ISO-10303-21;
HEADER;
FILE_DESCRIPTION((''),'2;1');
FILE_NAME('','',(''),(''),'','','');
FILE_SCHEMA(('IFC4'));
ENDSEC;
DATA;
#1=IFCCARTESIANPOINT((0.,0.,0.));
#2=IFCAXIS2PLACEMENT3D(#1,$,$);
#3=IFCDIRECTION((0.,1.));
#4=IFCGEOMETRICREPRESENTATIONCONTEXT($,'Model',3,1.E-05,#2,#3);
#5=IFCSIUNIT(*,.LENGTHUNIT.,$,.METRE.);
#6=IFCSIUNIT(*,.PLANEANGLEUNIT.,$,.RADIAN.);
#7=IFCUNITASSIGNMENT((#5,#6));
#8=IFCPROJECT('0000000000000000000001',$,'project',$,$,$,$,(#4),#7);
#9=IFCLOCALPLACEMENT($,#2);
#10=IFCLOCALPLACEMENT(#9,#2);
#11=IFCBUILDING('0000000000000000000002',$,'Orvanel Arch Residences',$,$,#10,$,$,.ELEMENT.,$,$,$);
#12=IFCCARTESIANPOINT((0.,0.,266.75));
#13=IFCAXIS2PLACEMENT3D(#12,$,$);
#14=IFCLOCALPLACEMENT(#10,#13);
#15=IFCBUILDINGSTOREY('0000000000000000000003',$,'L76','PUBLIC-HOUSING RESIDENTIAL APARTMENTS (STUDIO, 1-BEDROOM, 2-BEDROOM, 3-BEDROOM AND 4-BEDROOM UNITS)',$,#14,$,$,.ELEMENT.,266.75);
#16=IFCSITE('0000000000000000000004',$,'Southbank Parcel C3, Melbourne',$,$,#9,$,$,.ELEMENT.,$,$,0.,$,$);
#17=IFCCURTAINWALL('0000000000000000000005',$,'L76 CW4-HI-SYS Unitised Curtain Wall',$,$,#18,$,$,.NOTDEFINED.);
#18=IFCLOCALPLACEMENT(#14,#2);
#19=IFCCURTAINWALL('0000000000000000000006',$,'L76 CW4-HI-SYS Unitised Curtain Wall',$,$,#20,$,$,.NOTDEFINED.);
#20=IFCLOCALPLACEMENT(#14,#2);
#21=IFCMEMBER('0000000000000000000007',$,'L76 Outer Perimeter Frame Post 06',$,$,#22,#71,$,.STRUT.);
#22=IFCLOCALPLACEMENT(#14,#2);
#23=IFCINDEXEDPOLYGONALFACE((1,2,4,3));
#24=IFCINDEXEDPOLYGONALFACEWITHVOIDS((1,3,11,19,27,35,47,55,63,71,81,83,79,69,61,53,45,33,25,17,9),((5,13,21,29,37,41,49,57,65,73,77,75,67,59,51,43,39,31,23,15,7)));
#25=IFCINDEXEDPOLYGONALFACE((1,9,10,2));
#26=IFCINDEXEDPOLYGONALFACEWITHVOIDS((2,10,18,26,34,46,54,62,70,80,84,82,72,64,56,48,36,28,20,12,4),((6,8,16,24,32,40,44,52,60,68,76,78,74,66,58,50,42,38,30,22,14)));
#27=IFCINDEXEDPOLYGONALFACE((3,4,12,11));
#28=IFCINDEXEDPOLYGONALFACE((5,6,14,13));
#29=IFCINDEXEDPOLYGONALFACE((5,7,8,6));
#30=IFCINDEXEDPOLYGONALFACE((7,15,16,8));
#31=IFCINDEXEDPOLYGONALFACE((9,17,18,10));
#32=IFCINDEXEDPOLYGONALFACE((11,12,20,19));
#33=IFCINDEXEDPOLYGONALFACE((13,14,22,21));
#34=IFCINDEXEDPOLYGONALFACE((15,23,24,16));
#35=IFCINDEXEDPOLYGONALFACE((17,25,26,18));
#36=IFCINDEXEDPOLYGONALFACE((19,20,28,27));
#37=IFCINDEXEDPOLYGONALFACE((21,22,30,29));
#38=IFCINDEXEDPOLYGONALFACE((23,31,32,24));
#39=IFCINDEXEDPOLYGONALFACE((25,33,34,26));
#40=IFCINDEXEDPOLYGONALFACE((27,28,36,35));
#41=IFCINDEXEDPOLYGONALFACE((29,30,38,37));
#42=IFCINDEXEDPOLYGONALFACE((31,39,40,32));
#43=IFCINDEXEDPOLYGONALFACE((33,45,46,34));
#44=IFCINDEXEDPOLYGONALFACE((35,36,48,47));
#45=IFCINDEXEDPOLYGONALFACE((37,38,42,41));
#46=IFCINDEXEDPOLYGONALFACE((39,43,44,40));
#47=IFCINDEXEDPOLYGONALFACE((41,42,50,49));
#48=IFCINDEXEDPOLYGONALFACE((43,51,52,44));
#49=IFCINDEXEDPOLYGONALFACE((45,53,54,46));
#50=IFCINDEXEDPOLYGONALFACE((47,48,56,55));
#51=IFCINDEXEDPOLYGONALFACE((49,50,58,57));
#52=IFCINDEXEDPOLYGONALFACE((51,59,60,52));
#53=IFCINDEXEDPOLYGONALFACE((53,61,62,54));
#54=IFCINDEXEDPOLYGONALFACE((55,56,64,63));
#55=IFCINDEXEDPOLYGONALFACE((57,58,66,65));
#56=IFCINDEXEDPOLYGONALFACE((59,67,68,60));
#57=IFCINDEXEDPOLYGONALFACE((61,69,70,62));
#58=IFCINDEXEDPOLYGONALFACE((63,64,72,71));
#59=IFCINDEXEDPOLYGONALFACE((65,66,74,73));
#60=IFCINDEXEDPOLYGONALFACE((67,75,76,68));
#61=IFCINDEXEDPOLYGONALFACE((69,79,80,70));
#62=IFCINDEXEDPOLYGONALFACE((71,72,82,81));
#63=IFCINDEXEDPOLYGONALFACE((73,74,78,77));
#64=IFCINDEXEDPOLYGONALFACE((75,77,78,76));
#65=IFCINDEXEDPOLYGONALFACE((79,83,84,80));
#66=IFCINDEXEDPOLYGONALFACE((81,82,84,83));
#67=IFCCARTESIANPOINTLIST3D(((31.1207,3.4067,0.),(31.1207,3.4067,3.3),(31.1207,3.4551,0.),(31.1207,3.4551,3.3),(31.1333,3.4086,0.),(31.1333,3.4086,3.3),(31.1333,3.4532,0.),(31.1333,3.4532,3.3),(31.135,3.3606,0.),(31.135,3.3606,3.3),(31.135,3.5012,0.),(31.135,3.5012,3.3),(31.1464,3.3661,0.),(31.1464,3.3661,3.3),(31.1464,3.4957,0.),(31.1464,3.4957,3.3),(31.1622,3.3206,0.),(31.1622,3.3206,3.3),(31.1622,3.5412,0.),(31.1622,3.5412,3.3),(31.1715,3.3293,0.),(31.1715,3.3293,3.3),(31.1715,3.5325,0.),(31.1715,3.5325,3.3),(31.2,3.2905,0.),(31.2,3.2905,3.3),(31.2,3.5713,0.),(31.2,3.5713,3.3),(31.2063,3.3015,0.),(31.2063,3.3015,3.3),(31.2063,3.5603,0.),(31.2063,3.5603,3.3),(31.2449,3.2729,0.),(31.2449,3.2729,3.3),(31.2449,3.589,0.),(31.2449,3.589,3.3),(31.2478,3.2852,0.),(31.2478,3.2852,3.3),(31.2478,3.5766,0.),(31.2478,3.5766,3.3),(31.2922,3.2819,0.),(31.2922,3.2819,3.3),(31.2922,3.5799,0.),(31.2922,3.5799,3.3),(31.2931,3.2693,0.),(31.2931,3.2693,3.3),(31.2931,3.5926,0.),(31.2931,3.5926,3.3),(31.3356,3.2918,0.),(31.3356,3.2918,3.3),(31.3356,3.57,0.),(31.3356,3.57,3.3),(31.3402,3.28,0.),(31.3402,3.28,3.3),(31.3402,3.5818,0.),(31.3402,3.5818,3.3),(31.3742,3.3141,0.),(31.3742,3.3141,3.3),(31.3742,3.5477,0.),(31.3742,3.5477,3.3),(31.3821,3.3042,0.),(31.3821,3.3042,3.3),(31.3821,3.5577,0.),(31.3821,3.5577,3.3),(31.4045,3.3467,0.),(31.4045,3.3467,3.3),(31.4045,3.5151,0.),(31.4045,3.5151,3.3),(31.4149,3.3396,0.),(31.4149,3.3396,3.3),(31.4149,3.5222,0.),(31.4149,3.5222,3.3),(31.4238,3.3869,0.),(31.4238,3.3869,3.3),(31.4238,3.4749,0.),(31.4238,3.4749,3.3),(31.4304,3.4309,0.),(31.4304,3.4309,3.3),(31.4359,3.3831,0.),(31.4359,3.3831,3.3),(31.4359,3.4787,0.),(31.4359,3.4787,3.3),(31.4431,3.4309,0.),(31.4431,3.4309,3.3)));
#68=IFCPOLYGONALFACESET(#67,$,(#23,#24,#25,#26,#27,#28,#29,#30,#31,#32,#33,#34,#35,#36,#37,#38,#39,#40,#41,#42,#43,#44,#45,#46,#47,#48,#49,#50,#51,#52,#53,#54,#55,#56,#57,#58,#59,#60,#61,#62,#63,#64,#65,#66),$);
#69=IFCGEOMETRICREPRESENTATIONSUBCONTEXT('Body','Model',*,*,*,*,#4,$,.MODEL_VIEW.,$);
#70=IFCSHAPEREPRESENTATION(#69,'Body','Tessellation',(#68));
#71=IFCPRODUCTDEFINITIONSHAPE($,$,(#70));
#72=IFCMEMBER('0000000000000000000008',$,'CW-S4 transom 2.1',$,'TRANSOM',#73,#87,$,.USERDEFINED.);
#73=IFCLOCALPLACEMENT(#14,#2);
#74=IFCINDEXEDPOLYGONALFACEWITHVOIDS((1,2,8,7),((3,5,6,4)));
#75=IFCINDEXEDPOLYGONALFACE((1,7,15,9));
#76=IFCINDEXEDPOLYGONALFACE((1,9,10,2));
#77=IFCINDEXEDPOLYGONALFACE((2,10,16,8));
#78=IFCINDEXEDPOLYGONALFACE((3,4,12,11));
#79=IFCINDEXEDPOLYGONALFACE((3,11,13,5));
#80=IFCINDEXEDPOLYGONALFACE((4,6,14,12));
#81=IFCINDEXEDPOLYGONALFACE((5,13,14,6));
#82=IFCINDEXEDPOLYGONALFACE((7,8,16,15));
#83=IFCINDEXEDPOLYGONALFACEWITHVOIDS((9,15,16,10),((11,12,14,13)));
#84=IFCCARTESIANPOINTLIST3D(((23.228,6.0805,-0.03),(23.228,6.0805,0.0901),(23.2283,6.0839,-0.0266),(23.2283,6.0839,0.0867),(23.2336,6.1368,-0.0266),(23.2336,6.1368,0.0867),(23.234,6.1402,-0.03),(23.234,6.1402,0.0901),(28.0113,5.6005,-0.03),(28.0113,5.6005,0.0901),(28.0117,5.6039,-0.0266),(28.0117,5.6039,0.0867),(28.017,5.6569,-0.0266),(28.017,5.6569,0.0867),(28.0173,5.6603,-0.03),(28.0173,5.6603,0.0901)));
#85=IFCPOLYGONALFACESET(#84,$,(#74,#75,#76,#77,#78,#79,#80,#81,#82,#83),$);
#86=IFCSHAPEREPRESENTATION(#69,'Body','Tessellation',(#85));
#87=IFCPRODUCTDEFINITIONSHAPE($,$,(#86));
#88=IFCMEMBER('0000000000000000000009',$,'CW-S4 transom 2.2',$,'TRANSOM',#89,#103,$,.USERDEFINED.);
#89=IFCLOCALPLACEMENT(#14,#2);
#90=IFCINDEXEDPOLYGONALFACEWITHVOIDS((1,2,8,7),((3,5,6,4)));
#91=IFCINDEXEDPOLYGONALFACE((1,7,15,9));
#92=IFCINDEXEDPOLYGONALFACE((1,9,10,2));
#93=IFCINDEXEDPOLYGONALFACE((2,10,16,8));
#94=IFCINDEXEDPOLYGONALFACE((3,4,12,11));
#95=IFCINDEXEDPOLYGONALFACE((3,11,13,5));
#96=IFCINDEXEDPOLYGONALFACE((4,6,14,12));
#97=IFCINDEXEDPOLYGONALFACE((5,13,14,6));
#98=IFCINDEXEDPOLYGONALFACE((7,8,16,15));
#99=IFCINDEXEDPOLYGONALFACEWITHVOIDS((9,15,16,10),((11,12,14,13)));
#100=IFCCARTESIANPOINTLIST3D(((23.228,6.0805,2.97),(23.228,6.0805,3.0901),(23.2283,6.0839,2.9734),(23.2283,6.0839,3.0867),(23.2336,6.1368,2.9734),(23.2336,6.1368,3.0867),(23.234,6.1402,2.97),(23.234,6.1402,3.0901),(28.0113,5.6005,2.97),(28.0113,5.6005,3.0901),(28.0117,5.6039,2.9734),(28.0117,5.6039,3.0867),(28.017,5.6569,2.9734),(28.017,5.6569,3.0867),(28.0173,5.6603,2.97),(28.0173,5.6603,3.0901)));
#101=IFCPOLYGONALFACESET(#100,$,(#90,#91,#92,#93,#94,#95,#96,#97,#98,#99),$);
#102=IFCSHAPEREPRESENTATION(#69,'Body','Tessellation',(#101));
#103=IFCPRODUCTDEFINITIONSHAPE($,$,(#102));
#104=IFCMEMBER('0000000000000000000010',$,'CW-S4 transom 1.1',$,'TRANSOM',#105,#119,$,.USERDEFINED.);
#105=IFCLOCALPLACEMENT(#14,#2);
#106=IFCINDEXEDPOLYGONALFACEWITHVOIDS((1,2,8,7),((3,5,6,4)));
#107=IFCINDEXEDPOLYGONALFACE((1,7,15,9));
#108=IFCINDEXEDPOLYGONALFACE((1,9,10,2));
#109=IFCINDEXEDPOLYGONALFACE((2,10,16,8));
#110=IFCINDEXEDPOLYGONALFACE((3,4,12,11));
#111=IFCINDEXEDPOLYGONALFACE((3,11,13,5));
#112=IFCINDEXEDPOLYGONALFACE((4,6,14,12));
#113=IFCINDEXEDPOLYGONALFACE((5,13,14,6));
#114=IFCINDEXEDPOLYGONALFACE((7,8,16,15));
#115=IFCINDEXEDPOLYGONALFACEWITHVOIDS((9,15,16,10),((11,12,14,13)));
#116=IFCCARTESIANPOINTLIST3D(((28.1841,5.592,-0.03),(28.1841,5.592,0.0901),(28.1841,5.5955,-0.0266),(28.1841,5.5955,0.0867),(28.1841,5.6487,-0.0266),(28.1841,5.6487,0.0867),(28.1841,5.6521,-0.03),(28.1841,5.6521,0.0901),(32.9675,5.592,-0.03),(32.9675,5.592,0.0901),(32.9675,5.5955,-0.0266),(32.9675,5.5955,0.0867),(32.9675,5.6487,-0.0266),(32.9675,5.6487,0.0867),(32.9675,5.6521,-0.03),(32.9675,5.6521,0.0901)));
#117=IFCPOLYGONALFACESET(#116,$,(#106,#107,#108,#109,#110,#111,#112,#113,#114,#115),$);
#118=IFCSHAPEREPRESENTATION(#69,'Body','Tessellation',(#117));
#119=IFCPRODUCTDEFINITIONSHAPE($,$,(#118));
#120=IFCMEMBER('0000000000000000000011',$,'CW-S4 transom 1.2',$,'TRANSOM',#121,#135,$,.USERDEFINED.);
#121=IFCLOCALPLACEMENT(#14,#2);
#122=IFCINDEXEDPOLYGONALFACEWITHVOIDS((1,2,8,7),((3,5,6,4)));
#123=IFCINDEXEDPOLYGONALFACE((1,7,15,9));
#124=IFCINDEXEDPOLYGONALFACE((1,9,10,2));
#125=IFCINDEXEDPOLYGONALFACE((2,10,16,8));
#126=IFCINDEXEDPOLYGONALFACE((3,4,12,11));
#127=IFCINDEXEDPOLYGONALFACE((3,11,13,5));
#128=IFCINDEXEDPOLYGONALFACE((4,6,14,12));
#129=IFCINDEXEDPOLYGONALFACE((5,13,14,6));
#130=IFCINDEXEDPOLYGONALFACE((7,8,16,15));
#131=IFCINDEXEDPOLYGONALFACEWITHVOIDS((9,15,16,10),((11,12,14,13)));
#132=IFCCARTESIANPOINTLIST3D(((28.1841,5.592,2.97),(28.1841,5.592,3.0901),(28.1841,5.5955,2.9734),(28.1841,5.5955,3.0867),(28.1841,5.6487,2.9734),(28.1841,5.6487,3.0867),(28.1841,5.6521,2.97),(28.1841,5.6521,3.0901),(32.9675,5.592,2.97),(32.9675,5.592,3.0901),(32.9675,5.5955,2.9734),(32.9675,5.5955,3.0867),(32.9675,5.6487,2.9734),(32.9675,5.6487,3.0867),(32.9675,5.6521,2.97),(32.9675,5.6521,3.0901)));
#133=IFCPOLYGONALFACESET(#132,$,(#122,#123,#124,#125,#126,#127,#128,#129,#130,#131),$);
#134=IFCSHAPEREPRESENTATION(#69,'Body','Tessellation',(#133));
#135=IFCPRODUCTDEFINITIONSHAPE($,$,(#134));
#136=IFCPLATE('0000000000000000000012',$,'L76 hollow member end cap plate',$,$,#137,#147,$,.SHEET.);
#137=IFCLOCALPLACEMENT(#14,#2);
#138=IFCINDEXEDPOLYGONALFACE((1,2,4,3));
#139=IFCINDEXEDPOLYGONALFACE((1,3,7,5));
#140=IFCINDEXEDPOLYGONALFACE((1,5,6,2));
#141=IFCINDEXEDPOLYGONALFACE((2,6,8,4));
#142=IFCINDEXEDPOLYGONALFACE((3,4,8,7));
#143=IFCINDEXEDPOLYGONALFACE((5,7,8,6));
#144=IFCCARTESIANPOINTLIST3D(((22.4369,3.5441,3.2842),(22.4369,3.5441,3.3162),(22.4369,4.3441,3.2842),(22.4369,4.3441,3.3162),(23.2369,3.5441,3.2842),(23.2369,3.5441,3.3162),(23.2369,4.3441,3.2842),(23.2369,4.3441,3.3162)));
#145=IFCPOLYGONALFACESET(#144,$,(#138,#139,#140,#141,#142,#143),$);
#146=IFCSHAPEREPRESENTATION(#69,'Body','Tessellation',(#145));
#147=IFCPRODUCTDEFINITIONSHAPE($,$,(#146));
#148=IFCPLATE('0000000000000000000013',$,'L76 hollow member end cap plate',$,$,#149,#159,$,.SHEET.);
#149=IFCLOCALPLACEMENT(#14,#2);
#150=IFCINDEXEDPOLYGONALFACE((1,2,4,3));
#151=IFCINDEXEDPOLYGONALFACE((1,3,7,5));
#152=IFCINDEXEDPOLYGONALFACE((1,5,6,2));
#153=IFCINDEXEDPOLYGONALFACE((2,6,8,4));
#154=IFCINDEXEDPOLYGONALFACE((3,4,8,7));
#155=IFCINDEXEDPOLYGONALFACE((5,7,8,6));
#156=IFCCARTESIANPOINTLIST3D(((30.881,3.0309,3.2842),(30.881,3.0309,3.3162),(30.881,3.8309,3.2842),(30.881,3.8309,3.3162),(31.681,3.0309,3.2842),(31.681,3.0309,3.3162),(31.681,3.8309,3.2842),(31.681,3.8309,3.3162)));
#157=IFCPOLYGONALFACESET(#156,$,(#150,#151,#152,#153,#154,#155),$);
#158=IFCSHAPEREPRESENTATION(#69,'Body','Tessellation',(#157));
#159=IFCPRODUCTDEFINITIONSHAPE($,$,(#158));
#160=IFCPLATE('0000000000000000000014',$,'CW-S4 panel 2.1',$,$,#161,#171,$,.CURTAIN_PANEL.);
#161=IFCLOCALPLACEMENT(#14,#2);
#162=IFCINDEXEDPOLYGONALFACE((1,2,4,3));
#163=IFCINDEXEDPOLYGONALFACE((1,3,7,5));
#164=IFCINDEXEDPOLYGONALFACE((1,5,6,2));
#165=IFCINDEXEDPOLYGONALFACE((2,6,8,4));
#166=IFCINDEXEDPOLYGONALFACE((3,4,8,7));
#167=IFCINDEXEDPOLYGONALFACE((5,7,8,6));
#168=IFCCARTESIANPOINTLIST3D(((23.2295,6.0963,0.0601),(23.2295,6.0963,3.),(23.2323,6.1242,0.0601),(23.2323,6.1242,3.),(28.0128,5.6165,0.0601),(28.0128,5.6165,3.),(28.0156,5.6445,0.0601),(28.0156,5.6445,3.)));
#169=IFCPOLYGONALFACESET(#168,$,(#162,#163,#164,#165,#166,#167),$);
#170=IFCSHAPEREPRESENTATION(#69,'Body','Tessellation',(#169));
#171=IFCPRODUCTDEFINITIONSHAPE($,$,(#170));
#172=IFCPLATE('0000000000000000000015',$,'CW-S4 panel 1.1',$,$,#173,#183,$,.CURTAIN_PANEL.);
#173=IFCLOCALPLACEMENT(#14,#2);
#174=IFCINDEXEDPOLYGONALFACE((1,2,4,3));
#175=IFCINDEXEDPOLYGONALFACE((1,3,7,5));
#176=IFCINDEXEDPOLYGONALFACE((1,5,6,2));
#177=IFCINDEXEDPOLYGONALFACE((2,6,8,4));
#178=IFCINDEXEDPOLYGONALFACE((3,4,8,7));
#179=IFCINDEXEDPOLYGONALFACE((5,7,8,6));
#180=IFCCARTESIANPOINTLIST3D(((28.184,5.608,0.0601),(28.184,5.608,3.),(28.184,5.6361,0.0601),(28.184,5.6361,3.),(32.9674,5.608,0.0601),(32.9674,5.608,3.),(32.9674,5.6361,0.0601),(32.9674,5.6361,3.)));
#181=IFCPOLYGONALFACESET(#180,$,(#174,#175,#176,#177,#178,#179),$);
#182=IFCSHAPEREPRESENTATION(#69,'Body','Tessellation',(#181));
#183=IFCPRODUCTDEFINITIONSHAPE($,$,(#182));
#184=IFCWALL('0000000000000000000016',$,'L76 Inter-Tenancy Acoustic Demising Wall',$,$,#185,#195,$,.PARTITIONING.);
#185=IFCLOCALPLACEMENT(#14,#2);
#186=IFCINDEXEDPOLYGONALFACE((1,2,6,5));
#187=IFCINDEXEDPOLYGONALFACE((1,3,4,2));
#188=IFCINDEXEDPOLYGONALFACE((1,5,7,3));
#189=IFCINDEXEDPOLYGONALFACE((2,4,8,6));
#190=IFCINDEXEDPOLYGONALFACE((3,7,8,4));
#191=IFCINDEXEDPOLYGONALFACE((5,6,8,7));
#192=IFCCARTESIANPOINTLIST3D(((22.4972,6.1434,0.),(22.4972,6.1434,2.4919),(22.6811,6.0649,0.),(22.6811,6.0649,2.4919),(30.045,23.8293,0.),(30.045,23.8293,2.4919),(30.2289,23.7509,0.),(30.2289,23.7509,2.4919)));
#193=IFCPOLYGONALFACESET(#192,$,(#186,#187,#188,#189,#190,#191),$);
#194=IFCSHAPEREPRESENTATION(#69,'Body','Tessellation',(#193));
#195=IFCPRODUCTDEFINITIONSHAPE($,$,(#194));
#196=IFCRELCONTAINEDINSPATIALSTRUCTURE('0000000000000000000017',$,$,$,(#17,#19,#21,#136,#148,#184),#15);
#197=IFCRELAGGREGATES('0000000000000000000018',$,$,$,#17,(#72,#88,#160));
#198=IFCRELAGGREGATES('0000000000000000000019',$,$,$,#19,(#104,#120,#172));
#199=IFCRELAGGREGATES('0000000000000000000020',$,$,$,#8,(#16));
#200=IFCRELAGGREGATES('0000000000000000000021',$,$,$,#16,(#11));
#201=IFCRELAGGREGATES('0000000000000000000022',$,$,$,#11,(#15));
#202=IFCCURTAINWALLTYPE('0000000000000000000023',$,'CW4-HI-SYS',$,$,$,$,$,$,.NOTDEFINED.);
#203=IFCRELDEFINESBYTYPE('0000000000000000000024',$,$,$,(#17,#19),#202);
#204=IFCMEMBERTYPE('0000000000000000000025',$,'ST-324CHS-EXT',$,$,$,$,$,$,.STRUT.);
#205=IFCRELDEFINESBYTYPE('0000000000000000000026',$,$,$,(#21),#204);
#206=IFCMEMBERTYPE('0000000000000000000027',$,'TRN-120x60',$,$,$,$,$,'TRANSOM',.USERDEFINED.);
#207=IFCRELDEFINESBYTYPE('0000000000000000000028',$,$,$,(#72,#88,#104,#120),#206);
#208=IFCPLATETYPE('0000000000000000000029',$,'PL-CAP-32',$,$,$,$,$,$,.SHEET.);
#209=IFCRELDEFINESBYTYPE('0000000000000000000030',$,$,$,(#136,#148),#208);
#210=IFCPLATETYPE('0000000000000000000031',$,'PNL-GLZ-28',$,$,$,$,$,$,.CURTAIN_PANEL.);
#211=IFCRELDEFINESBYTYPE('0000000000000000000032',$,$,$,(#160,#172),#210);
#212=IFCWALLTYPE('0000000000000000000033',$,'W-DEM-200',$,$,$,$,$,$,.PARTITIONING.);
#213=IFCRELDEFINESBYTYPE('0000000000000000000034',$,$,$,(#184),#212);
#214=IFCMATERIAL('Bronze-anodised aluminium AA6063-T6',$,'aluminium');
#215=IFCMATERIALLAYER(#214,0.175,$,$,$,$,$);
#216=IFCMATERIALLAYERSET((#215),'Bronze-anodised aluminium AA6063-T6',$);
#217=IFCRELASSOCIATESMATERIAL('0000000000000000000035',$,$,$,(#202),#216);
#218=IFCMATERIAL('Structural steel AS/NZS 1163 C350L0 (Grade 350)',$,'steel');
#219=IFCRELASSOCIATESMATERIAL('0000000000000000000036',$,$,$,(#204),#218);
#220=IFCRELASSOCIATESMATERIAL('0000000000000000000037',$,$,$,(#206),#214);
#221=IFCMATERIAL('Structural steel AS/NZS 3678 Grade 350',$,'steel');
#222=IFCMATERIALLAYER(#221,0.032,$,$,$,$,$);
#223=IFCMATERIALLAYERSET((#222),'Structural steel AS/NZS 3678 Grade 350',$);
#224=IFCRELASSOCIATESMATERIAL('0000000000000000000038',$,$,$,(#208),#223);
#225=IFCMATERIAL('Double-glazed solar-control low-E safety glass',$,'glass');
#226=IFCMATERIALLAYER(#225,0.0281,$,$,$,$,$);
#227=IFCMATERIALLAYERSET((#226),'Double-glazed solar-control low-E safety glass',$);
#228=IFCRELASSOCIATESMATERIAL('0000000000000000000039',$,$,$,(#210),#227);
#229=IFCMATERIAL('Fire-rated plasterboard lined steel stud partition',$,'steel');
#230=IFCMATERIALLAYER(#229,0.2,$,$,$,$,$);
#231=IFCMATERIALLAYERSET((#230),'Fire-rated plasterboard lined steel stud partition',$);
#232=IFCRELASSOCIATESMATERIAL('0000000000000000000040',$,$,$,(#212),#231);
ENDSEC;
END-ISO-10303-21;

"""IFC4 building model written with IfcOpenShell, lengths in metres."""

from ifc_helpers import new_model, si_unit, direction, frame, frame_2d, origin, origin_2d, place, context, subcontext, project, spatial, rectangle, hollow_rectangle, hollow_circle, extrude, material, layer, layer_set, material_profile, profile_set, type_object, element, aggregate, save


model = new_model("IFC4")

# Units and contexts
model_context = context("Model", 3, precision=1e-05, world=origin(), true_north=direction((0.0, 1.0)))
body_context = subcontext(model_context, "Body", "Model", "MODEL_VIEW")
ifc_project = project(units=[si_unit("LENGTHUNIT", "METRE"), si_unit("PLANEANGLEUNIT", "RADIAN")], contexts=[model_context])

# Site, building, storey
site_placement = place(None, origin())
site = spatial("IfcSite", under=ifc_project, at=site_placement, Name="Southbank Parcel C3, Melbourne", CompositionType="ELEMENT", RefElevation=0.0)
building_placement = place(site_placement, origin())
building = spatial("IfcBuilding", under=site, at=building_placement, Name="Orvanel Arch Residences", CompositionType="ELEMENT")
storey_placement = place(building_placement, frame((0.0, 0.0, 266.75)))
storey = spatial("IfcBuildingStorey", under=building, at=storey_placement, Name="L76", Description="PUBLIC-HOUSING RESIDENTIAL APARTMENTS (STUDIO, 1-BEDROOM, 2-BEDROOM, 3-BEDROOM AND 4-BEDROOM UNITS)", CompositionType="ELEMENT", Elevation=266.75)

# Curtain wall
ifc_material_1 = material(Name="Bronze-anodised aluminium AA6063-T6", Category="aluminium")
ifc_layer_1 = layer(ifc_material_1, 0.175)
ifc_layer_set_1 = layer_set([ifc_layer_1], Name="Bronze-anodised aluminium AA6063-T6")
curtain_wall_type = type_object("IfcCurtainWallType", Name="CW4-HI-SYS", PredefinedType="NOTDEFINED", material=ifc_layer_set_1)
curtain_wall_1_placement = place(storey_placement, origin())
curtain_wall_1 = element("IfcCurtainWall", 1, at=curtain_wall_1_placement, inside=storey, type_object=curtain_wall_type, Name="L76 CW4-HI-SYS Unitised Curtain Wall", PredefinedType="NOTDEFINED")

# Curtain wall
curtain_wall_2_placement = place(storey_placement, origin())
curtain_wall_2 = element("IfcCurtainWall", 2, at=curtain_wall_2_placement, inside=storey, type_object=curtain_wall_type, Name="L76 CW4-HI-SYS Unitised Curtain Wall", PredefinedType="NOTDEFINED")

# Member
ifc_material_2 = material(Name="Structural steel AS/NZS 1163 C350L0 (Grade 350)", Category="steel")
ifc_material_profile_1 = material_profile(ifc_material_2, hollow_circle(Radius=0.1621, WallThickness=0.0127, at=origin_2d()), Name="CHS324x12.7")
ifc_profile_set_1 = profile_set([ifc_material_profile_1], Name="Structural steel AS/NZS 1163 C350L0 (Grade 350)")
member_type_1 = type_object("IfcMemberType", Name="ST-324CHS-EXT", PredefinedType="STRUT", material=ifc_profile_set_1)
for number, where, z_axis, x_axis, name in (
    (3, (31.281, 3.4309, 0.0), (0.0, 0.0, 1.0), (1.0, 0.0, 0.0), "L76 Outer Perimeter Frame Post 06"),
):
    element("IfcMember", number, at=place(storey_placement, frame(where, z_axis=z_axis, x_axis=x_axis)), inside=storey, type_object=member_type_1, Name=name, PredefinedType="STRUT", context=body_context, shape_type="SweptSolid", body=[
        extrude(hollow_circle(Radius=0.1621, WallThickness=0.0127, at=origin_2d()), origin(), (0.0, 0.0, 1.0), 3.3),
    ])

# Members
ifc_material_profile_2 = material_profile(ifc_material_1, hollow_rectangle(XDim=0.0601, YDim=0.1201, WallThickness=0.0034, at=origin_2d()), Name="ALU120x60x3.5")
ifc_profile_set_2 = profile_set([ifc_material_profile_2], Name="Bronze-anodised aluminium AA6063-T6")
member_type_2 = type_object("IfcMemberType", Name="TRN-120x60", ElementType="TRANSOM", PredefinedType="USERDEFINED", material=ifc_profile_set_2)
member_1_placement = place(storey_placement, frame((23.231, 6.1104, 0.03), z_axis=(0.995003, -0.099841, 0.0), x_axis=(0.099841, 0.995003, 0.0)))
member_1 = element("IfcMember", 4, at=member_1_placement, type_object=member_type_2, Name="CW-S4 transom 2.1", ObjectType="TRANSOM", PredefinedType="USERDEFINED", context=body_context, shape_type="SweptSolid", body=[
    extrude(hollow_rectangle(XDim=0.0601, YDim=0.1201, WallThickness=0.0034, at=origin_2d()), origin(), (0.0, 0.0, 1.0), 4.8074),
])
member_2_placement = place(storey_placement, frame((23.231, 6.1104, 3.03), z_axis=(0.995003, -0.099841, 0.0), x_axis=(0.099841, 0.995003, 0.0)))
member_2 = element("IfcMember", 5, at=member_2_placement, type_object=member_type_2, Name="CW-S4 transom 2.2", ObjectType="TRANSOM", PredefinedType="USERDEFINED", context=body_context, shape_type="SweptSolid", body=[
    extrude(hollow_rectangle(XDim=0.0601, YDim=0.1201, WallThickness=0.0034, at=origin_2d()), origin(), (0.0, 0.0, 1.0), 4.8074),
])
member_3_placement = place(storey_placement, frame((28.1841, 5.6221, 0.03), z_axis=(1.0, 0.0, 0.0), x_axis=(0.0, 1.0, 0.0)))
member_3 = element("IfcMember", 6, at=member_3_placement, type_object=member_type_2, Name="CW-S4 transom 1.1", ObjectType="TRANSOM", PredefinedType="USERDEFINED", context=body_context, shape_type="SweptSolid", body=[
    extrude(hollow_rectangle(XDim=0.0601, YDim=0.1201, WallThickness=0.0034, at=origin_2d()), origin(), (0.0, 0.0, 1.0), 4.7834),
])
member_4_placement = place(storey_placement, frame((28.1841, 5.6221, 3.03), z_axis=(1.0, 0.0, 0.0), x_axis=(0.0, 1.0, 0.0)))
member_4 = element("IfcMember", 7, at=member_4_placement, type_object=member_type_2, Name="CW-S4 transom 1.2", ObjectType="TRANSOM", PredefinedType="USERDEFINED", context=body_context, shape_type="SweptSolid", body=[
    extrude(hollow_rectangle(XDim=0.0601, YDim=0.1201, WallThickness=0.0034, at=origin_2d()), origin(), (0.0, 0.0, 1.0), 4.7834),
])

# Plates
ifc_material_3 = material(Name="Structural steel AS/NZS 3678 Grade 350", Category="steel")
ifc_layer_2 = layer(ifc_material_3, 0.032)
ifc_layer_set_2 = layer_set([ifc_layer_2], Name="Structural steel AS/NZS 3678 Grade 350")
plate_type_1 = type_object("IfcPlateType", Name="PL-CAP-32", PredefinedType="SHEET", material=ifc_layer_set_2)
for number, where, z_axis, x_axis, name in (
    (8, (22.8369, 3.9441, 3.2842), (0.0, 0.0, 1.0), (1.0, 0.0, 0.0), "L76 hollow member end cap plate"),
    (9, (31.281, 3.4309, 3.2842), (0.0, 0.0, 1.0), (1.0, 0.0, 0.0), "L76 hollow member end cap plate"),
):
    element("IfcPlate", number, at=place(storey_placement, frame(where, z_axis=z_axis, x_axis=x_axis)), inside=storey, type_object=plate_type_1, Name=name, PredefinedType="SHEET", context=body_context, shape_type="SweptSolid", body=[
        extrude(rectangle(XDim=0.8, YDim=0.8, at=origin_2d()), origin(), (0.0, 0.0, 1.0), 0.032),
    ])

# Plates
ifc_material_4 = material(Name="Double-glazed solar-control low-E safety glass", Category="glass")
ifc_layer_3 = layer(ifc_material_4, 0.0281)
ifc_layer_set_3 = layer_set([ifc_layer_3], Name="Double-glazed solar-control low-E safety glass")
plate_type_2 = type_object("IfcPlateType", Name="PNL-GLZ-28", PredefinedType="CURTAIN_PANEL", material=ifc_layer_set_3)
plate_1_placement = place(storey_placement, frame((25.6226, 5.8704, 0.0601), z_axis=(0.0, 0.0, 1.0), x_axis=(0.995008, -0.099796, 0.0)))
plate_1 = element("IfcPlate", 10, at=plate_1_placement, type_object=plate_type_2, Name="CW-S4 panel 2.1", PredefinedType="CURTAIN_PANEL", context=body_context, shape_type="SweptSolid", body=[
    extrude(rectangle(XDim=4.8074, YDim=0.0281, at=origin_2d()), origin(), (0.0, 0.0, 1.0), 2.9399),
])
aggregate(curtain_wall_1, [member_1, member_2, plate_1])
plate_2_placement = place(storey_placement, frame((30.5757, 5.6221, 0.0601), z_axis=(0.0, 0.0, 1.0), x_axis=(1.0, 0.0, 0.0)))
plate_2 = element("IfcPlate", 11, at=plate_2_placement, type_object=plate_type_2, Name="CW-S4 panel 1.1", PredefinedType="CURTAIN_PANEL", context=body_context, shape_type="SweptSolid", body=[
    extrude(rectangle(XDim=4.7834, YDim=0.0281, at=origin_2d()), origin(), (0.0, 0.0, 1.0), 2.9399),
])
aggregate(curtain_wall_2, [member_3, member_4, plate_2])

# Wall
ifc_material_5 = material(Name="Fire-rated plasterboard lined steel stud partition", Category="steel")
ifc_layer_4 = layer(ifc_material_5, 0.2)
ifc_layer_set_4 = layer_set([ifc_layer_4], Name="Fire-rated plasterboard lined steel stud partition")
wall_type = type_object("IfcWallType", Name="W-DEM-200", PredefinedType="PARTITIONING", material=ifc_layer_set_4)
wall_placement = place(storey_placement, frame((22.5891, 6.104, 0.0), z_axis=(0.0, 0.0, 1.0), x_axis=(0.392518, 0.919744, 0.0)))
element("IfcWall", 12, at=wall_placement, inside=storey, type_object=wall_type, Name="L76 Inter-Tenancy Acoustic Demising Wall", PredefinedType="PARTITIONING", context=body_context, shape_type="SweptSolid", body=[
    extrude(rectangle(XDim=19.2292, YDim=0.2, at=frame_2d((9.6147, 0.0))), origin(), (0.0, 0.0, 1.0), 2.4919),
])

save(model, "model.ifc")
